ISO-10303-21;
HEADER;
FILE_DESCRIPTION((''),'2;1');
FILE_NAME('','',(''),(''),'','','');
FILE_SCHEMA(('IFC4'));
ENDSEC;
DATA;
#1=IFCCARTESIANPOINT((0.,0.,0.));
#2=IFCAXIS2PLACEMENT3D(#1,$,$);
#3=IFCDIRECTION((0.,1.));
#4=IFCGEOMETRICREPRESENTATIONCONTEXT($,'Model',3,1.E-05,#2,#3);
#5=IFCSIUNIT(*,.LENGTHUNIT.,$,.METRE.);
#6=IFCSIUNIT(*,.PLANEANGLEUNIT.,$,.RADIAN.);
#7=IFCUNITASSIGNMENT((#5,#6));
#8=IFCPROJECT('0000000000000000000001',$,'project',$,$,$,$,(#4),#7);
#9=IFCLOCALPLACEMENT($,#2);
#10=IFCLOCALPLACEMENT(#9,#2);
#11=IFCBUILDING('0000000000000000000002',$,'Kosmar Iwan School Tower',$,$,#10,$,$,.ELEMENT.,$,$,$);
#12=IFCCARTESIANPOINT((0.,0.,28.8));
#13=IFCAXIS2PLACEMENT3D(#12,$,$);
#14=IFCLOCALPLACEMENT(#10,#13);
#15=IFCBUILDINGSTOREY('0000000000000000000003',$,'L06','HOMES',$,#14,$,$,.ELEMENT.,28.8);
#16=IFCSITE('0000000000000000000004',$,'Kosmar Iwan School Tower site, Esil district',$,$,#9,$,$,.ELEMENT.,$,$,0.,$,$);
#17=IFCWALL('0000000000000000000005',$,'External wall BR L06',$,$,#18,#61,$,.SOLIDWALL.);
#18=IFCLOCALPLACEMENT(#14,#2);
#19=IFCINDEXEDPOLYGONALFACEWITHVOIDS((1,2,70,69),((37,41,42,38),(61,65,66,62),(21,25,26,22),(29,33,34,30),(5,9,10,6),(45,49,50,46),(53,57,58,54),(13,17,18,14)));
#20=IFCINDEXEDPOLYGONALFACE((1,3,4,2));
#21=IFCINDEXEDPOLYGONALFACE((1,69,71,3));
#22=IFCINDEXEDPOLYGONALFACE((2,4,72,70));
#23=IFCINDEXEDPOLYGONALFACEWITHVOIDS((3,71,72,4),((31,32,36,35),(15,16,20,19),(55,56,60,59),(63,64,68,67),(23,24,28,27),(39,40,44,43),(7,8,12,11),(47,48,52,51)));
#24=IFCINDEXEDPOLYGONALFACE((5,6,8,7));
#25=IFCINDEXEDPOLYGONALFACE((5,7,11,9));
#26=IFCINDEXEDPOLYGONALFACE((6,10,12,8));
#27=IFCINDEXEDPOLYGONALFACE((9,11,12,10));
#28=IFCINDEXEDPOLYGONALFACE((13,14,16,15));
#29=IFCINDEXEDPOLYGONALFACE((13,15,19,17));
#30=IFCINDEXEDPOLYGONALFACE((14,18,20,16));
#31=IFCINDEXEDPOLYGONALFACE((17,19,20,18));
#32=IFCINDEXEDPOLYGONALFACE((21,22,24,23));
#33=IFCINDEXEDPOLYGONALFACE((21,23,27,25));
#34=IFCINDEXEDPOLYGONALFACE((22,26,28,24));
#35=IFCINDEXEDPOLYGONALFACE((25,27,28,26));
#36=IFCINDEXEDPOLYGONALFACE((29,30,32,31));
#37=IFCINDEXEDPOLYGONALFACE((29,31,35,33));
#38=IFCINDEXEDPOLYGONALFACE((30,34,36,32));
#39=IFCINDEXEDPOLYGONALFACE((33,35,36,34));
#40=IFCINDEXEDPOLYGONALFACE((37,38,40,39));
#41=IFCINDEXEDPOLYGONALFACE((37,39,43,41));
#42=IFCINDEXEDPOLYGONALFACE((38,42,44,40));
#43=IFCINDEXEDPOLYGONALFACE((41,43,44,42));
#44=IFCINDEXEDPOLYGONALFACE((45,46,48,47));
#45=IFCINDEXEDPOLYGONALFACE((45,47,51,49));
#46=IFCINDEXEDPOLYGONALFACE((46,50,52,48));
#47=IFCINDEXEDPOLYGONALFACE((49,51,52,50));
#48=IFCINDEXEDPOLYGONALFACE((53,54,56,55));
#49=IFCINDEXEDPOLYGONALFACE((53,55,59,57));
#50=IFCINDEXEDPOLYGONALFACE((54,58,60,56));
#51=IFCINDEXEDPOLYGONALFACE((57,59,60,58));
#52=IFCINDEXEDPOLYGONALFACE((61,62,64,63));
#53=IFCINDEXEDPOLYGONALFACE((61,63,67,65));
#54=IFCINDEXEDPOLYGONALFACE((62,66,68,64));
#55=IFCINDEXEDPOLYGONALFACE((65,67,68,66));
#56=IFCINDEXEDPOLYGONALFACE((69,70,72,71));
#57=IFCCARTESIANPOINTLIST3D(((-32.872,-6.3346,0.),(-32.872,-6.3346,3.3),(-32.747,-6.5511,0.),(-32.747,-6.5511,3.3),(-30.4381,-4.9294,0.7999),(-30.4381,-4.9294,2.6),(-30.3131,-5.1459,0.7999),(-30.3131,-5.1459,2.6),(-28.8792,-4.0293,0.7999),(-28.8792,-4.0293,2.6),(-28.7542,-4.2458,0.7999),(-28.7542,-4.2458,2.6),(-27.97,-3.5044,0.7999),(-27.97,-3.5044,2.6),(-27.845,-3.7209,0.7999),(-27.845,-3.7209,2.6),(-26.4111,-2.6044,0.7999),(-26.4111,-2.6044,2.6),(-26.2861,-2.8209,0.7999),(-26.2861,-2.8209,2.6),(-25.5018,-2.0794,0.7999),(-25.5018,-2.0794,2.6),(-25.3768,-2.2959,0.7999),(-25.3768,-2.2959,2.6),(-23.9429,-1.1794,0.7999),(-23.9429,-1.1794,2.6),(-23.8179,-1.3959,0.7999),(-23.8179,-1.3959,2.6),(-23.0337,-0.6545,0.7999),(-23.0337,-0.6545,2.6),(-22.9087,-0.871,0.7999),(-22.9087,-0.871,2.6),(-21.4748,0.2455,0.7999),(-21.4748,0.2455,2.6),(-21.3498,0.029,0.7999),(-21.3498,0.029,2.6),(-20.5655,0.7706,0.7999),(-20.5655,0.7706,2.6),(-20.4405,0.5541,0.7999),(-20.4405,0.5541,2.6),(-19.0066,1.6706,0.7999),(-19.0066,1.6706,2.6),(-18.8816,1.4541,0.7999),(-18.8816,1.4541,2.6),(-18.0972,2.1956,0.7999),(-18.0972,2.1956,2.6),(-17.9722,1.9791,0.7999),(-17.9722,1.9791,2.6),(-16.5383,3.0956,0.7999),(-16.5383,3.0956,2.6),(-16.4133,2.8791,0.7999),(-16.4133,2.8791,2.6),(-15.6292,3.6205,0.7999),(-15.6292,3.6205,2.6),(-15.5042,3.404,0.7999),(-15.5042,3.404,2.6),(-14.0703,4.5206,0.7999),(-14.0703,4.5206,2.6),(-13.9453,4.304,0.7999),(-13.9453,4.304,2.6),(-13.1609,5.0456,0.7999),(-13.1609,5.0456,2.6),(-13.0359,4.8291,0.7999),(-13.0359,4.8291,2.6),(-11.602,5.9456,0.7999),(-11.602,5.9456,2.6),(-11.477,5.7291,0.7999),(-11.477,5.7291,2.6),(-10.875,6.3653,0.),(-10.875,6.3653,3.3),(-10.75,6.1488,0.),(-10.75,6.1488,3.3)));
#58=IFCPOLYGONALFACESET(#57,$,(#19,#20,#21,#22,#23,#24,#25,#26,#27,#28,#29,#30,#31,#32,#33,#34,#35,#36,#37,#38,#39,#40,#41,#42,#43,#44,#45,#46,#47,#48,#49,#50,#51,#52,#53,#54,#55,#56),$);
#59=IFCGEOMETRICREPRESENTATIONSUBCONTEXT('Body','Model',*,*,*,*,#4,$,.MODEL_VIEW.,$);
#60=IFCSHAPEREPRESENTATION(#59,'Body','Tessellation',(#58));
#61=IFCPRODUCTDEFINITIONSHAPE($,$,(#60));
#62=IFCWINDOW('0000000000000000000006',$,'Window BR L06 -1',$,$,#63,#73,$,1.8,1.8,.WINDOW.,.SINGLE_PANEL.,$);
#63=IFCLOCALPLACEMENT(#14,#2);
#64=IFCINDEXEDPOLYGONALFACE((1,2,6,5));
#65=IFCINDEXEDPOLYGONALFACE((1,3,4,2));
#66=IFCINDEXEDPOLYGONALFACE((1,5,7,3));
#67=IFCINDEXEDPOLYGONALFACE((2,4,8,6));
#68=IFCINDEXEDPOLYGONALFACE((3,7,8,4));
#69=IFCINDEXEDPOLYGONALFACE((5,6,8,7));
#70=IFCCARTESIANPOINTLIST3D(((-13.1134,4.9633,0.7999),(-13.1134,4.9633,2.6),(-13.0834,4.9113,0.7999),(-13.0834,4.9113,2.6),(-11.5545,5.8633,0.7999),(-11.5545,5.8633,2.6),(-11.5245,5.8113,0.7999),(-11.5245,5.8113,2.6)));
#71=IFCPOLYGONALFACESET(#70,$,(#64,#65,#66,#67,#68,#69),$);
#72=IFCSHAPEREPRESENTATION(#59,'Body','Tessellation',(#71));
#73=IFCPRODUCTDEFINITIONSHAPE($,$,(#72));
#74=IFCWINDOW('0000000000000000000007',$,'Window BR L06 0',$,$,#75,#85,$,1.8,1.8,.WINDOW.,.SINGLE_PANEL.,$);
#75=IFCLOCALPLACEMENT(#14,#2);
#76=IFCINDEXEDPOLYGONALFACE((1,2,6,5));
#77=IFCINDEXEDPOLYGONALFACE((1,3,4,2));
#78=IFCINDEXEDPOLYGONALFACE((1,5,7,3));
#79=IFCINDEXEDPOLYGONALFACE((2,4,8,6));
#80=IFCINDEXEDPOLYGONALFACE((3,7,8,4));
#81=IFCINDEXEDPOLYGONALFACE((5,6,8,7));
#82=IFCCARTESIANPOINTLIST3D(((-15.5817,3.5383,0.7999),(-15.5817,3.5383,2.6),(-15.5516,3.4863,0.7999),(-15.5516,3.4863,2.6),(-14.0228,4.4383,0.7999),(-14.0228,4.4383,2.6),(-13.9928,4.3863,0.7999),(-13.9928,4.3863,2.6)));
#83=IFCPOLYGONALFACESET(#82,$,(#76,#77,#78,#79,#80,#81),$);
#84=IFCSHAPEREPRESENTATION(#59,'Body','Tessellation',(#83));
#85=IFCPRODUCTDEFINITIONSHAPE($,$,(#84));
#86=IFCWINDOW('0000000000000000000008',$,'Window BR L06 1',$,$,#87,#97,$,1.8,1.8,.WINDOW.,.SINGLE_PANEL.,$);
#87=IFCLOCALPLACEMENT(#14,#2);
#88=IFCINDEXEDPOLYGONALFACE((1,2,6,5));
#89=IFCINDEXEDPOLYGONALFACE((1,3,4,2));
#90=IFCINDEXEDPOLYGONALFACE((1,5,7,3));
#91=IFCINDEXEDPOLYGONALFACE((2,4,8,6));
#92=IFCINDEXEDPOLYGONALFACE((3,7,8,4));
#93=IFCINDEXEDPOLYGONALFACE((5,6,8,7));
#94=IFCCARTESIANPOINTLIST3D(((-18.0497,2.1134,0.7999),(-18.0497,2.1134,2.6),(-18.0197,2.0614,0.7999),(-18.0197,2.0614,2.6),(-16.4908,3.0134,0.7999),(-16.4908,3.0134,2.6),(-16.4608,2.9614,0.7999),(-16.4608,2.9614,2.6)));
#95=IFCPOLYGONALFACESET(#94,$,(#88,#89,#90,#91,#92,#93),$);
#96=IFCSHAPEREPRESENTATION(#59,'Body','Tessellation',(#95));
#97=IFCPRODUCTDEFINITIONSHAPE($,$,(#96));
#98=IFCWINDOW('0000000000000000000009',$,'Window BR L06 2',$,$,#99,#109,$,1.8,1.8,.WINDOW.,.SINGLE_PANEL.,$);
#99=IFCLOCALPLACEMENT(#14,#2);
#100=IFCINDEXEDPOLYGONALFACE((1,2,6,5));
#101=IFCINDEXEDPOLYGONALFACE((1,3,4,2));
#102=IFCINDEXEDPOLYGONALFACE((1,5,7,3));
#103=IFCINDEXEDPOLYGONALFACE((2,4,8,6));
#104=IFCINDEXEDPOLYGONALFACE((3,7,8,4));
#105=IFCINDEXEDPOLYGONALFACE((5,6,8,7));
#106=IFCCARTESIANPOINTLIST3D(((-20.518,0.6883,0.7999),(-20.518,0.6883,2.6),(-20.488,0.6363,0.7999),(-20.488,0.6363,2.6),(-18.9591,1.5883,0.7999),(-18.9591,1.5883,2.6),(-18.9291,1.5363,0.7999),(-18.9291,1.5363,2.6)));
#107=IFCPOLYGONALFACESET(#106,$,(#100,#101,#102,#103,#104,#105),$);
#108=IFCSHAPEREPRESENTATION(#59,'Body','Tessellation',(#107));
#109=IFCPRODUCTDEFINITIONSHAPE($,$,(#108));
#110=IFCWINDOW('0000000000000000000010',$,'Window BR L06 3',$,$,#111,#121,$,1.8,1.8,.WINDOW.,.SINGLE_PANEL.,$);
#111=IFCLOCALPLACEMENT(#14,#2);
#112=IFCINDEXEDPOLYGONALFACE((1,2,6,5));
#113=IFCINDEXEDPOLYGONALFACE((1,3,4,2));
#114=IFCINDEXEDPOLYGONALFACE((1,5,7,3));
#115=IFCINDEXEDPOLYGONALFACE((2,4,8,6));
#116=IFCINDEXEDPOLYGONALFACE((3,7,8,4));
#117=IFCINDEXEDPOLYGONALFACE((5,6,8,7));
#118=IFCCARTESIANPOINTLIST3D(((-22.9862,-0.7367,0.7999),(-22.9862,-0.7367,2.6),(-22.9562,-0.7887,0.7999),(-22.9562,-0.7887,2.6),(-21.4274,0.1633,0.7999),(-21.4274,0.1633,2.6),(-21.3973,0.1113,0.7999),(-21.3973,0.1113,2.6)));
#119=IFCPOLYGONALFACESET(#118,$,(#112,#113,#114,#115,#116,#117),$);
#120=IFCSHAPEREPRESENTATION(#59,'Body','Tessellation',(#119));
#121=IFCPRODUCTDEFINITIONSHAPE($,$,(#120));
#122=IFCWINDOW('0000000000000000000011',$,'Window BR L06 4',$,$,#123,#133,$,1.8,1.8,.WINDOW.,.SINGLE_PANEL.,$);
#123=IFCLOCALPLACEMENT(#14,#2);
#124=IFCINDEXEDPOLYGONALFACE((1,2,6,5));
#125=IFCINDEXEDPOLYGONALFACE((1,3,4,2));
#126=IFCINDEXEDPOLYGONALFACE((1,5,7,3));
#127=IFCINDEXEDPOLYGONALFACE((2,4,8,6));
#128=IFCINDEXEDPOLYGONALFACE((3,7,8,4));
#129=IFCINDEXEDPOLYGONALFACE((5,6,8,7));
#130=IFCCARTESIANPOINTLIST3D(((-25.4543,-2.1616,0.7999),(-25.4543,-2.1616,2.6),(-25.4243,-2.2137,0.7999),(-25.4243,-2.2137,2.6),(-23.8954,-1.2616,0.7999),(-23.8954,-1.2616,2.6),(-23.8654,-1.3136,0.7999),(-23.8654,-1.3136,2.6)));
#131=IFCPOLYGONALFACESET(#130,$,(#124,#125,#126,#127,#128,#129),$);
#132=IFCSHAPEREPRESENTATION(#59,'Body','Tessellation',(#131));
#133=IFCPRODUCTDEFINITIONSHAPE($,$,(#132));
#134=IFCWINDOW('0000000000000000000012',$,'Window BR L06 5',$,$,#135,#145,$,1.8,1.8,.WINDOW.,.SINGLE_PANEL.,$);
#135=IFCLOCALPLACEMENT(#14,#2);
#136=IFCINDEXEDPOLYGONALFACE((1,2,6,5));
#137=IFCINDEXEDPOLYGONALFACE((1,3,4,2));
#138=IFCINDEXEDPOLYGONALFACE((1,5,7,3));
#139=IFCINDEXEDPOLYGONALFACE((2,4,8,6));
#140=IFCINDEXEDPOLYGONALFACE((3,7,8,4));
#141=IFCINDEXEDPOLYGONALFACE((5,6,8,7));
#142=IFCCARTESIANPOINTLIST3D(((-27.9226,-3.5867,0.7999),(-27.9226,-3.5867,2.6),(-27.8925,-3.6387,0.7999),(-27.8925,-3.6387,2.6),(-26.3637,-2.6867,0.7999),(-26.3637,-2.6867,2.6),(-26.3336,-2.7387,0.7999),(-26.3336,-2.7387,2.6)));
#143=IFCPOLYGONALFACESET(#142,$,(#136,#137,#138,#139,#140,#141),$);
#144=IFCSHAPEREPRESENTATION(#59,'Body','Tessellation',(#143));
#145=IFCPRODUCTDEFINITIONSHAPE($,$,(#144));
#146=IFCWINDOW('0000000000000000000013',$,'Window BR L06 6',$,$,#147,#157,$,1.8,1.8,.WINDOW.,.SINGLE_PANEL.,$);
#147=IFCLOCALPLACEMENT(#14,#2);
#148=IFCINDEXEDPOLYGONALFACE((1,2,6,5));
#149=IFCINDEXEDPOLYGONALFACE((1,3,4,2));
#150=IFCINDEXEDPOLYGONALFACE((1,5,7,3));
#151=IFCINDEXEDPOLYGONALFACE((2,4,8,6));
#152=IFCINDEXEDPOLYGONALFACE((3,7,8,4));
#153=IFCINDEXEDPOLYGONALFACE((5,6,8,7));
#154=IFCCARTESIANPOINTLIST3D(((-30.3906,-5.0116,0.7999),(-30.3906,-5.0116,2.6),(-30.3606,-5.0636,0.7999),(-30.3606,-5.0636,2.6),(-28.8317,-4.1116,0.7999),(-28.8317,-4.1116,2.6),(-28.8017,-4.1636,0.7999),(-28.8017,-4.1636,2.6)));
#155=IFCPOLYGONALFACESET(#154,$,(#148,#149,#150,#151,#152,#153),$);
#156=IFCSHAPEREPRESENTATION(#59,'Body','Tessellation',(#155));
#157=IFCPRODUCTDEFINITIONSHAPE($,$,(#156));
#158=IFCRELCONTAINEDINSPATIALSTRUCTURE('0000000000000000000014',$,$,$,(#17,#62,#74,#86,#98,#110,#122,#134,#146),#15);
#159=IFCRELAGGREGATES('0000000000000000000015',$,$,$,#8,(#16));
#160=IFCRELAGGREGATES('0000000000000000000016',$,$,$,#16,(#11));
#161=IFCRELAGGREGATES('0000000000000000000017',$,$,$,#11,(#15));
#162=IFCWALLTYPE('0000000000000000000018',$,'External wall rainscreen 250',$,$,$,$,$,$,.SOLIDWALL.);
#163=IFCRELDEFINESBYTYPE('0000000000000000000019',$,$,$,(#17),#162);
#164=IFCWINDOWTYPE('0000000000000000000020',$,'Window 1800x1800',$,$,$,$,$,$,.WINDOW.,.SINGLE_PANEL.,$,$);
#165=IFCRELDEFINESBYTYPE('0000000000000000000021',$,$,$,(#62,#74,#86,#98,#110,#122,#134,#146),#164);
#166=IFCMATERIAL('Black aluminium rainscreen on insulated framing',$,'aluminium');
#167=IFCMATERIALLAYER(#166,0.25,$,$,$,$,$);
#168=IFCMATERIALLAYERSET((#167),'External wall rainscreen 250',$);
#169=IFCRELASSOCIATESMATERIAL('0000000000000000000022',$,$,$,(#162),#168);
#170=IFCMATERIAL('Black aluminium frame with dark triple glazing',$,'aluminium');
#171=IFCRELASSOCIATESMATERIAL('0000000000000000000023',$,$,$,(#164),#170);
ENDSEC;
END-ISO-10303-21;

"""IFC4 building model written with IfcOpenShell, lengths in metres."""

from ifc_helpers import new_model, si_unit, direction, frame, frame_2d, origin, place, context, subcontext, project, spatial, rectangle, extrude, material, layer, layer_set, type_object, element, fill, save


model = new_model("IFC4")

# Units and contexts
model_context = context("Model", 3, precision=1e-05, world=origin(), true_north=direction((0.0, 1.0)))
body_context = subcontext(model_context, "Body", "Model", "MODEL_VIEW")
ifc_project = project(units=[si_unit("LENGTHUNIT", "METRE"), si_unit("PLANEANGLEUNIT", "RADIAN")], contexts=[model_context])

# Site, building, storey
site_placement = place(None, origin())
site = spatial("IfcSite", under=ifc_project, at=site_placement, Name="Kosmar Iwan School Tower site, Esil district", CompositionType="ELEMENT", RefElevation=0.0)
building_placement = place(site_placement, origin())
building = spatial("IfcBuilding", under=site, at=building_placement, Name="Kosmar Iwan School Tower", CompositionType="ELEMENT")
storey_placement = place(building_placement, frame((0.0, 0.0, 28.8)))
storey = spatial("IfcBuildingStorey", under=building, at=storey_placement, Name="L06", Description="HOMES", CompositionType="ELEMENT", Elevation=28.8)

# Wall, openings, windows
ifc_material_1 = material(Name="Black aluminium rainscreen on insulated framing", Category="aluminium")
ifc_layer = layer(ifc_material_1, 0.25)
ifc_layer_set = layer_set([ifc_layer], Name="External wall rainscreen 250")
wall_type = type_object("IfcWallType", Name="External wall rainscreen 250", PredefinedType="SOLIDWALL", material=ifc_layer_set)
ifc_material_2 = material(Name="Black aluminium frame with dark triple glazing", Category="aluminium")
window_type = type_object("IfcWindowType", Name="Window 1800x1800", PartitioningType="SINGLE_PANEL", PredefinedType="WINDOW", material=ifc_material_2)
wall_1_placement = place(storey_placement, frame((-10.8125, 6.2571, 0.0), z_axis=(0.0, 0.0, 1.0), x_axis=(-0.866026, -0.499998, 0.0)))
wall_1 = element("IfcWall", 1, at=wall_1_placement, inside=storey, type_object=wall_type, Name="External wall BR L06", PredefinedType="SOLIDWALL", context=body_context, shape_type="SweptSolid", body=[
    extrude(rectangle(XDim=25.3999, YDim=0.25, at=frame_2d((12.7, 0.0))), origin(), (0.0, 0.0, 1.0), 3.3),
])
opening_1_placement = place(wall_1_placement, frame((0.8396, 0.0, 0.8)))
opening_1 = element("IfcOpeningElement", 2, at=opening_1_placement, cuts=wall_1, PredefinedType="OPENING", context=body_context, shape_type="SweptSolid", body=[
    extrude(rectangle(XDim=1.8, YDim=1.8, at=frame_2d((0.8999, 0.8999))), frame((0.0, 0.137, 0.0), z_axis=(0.0, -1.0, 0.0), x_axis=(1.0, 0.0, 0.0)), (0.0, 0.0, 1.0), 0.2739),
])
opening_2_placement = place(wall_1_placement, frame((3.6897, 0.0, 0.8)))
opening_2 = element("IfcOpeningElement", 3, at=opening_2_placement, cuts=wall_1, PredefinedType="OPENING", context=body_context, shape_type="SweptSolid", body=[
    extrude(rectangle(XDim=1.8, YDim=1.8, at=frame_2d((0.8999, 0.8999))), frame((0.0, 0.137, 0.0), z_axis=(0.0, -1.0, 0.0), x_axis=(1.0, 0.0, 0.0)), (0.0, 0.0, 1.0), 0.2739),
])
opening_3_placement = place(wall_1_placement, frame((6.5396, 0.0, 0.8)))
opening_3 = element("IfcOpeningElement", 4, at=opening_3_placement, cuts=wall_1, PredefinedType="OPENING", context=body_context, shape_type="SweptSolid", body=[
    extrude(rectangle(XDim=1.8, YDim=1.8, at=frame_2d((0.8999, 0.8999))), frame((0.0, 0.137, 0.0), z_axis=(0.0, -1.0, 0.0), x_axis=(1.0, 0.0, 0.0)), (0.0, 0.0, 1.0), 0.2739),
])
opening_4_placement = place(wall_1_placement, frame((9.3896, 0.0, 0.8)))
opening_4 = element("IfcOpeningElement", 5, at=opening_4_placement, cuts=wall_1, PredefinedType="OPENING", context=body_context, shape_type="SweptSolid", body=[
    extrude(rectangle(XDim=1.8, YDim=1.8, at=frame_2d((0.8999, 0.8999))), frame((0.0, 0.137, 0.0), z_axis=(0.0, -1.0, 0.0), x_axis=(1.0, 0.0, 0.0)), (0.0, 0.0, 1.0), 0.2739),
])
opening_5_placement = place(wall_1_placement, frame((12.2397, 0.0, 0.8)))
opening_5 = element("IfcOpeningElement", 6, at=opening_5_placement, cuts=wall_1, PredefinedType="OPENING", context=body_context, shape_type="SweptSolid", body=[
    extrude(rectangle(XDim=1.8, YDim=1.8, at=frame_2d((0.8999, 0.8999))), frame((0.0, 0.137, 0.0), z_axis=(0.0, -1.0, 0.0), x_axis=(1.0, 0.0, 0.0)), (0.0, 0.0, 1.0), 0.2739),
])
opening_6_placement = place(wall_1_placement, frame((15.0896, 0.0, 0.8)))
opening_6 = element("IfcOpeningElement", 7, at=opening_6_placement, cuts=wall_1, PredefinedType="OPENING", context=body_context, shape_type="SweptSolid", body=[
    extrude(rectangle(XDim=1.8, YDim=1.8, at=frame_2d((0.8999, 0.8999))), frame((0.0, 0.137, 0.0), z_axis=(0.0, -1.0, 0.0), x_axis=(1.0, 0.0, 0.0)), (0.0, 0.0, 1.0), 0.2739),
])
opening_7_placement = place(wall_1_placement, frame((17.9397, 0.0, 0.8)))
opening_7 = element("IfcOpeningElement", 8, at=opening_7_placement, cuts=wall_1, PredefinedType="OPENING", context=body_context, shape_type="SweptSolid", body=[
    extrude(rectangle(XDim=1.8, YDim=1.8, at=frame_2d((0.8999, 0.8999))), frame((0.0, 0.137, 0.0), z_axis=(0.0, -1.0, 0.0), x_axis=(1.0, 0.0, 0.0)), (0.0, 0.0, 1.0), 0.2739),
])
opening_8_placement = place(wall_1_placement, frame((20.7896, 0.0, 0.8)))
opening_8 = element("IfcOpeningElement", 9, at=opening_8_placement, cuts=wall_1, PredefinedType="OPENING", context=body_context, shape_type="SweptSolid", body=[
    extrude(rectangle(XDim=1.8, YDim=1.8, at=frame_2d((0.8999, 0.8999))), frame((0.0, 0.137, 0.0), z_axis=(0.0, -1.0, 0.0), x_axis=(1.0, 0.0, 0.0)), (0.0, 0.0, 1.0), 0.2739),
])
window_1_placement = place(opening_1_placement, origin())
window_1 = element("IfcWindow", 10, at=window_1_placement, inside=storey, type_object=window_type, Name="Window BR L06 -1", OverallHeight=1.8, OverallWidth=1.8, PartitioningType="SINGLE_PANEL", PredefinedType="WINDOW", context=body_context, shape_type="SweptSolid", body=[
    extrude(rectangle(XDim=1.8, YDim=1.8, at=frame_2d((0.8999, 0.8999))), frame((0.0, 0.03, 0.0), z_axis=(0.0, -1.0, 0.0), x_axis=(1.0, 0.0, 0.0)), (0.0, 0.0, 1.0), 0.0601),
])
fill(opening_1, window_1)
window_2_placement = place(opening_2_placement, origin())
window_2 = element("IfcWindow", 11, at=window_2_placement, inside=storey, type_object=window_type, Name="Window BR L06 0", OverallHeight=1.8, OverallWidth=1.8, PartitioningType="SINGLE_PANEL", PredefinedType="WINDOW", context=body_context, shape_type="SweptSolid", body=[
    extrude(rectangle(XDim=1.8, YDim=1.8, at=frame_2d((0.8999, 0.8999))), frame((0.0, 0.03, 0.0), z_axis=(0.0, -1.0, 0.0), x_axis=(1.0, 0.0, 0.0)), (0.0, 0.0, 1.0), 0.0601),
])
fill(opening_2, window_2)
window_3_placement = place(opening_3_placement, origin())
window_3 = element("IfcWindow", 12, at=window_3_placement, inside=storey, type_object=window_type, Name="Window BR L06 1", OverallHeight=1.8, OverallWidth=1.8, PartitioningType="SINGLE_PANEL", PredefinedType="WINDOW", context=body_context, shape_type="SweptSolid", body=[
    extrude(rectangle(XDim=1.8, YDim=1.8, at=frame_2d((0.8999, 0.8999))), frame((0.0, 0.03, 0.0), z_axis=(0.0, -1.0, 0.0), x_axis=(1.0, 0.0, 0.0)), (0.0, 0.0, 1.0), 0.0601),
])
fill(opening_3, window_3)
window_4_placement = place(opening_4_placement, origin())
window_4 = element("IfcWindow", 13, at=window_4_placement, inside=storey, type_object=window_type, Name="Window BR L06 2", OverallHeight=1.8, OverallWidth=1.8, PartitioningType="SINGLE_PANEL", PredefinedType="WINDOW", context=body_context, shape_type="SweptSolid", body=[
    extrude(rectangle(XDim=1.8, YDim=1.8, at=frame_2d((0.8999, 0.8999))), frame((0.0, 0.03, 0.0), z_axis=(0.0, -1.0, 0.0), x_axis=(1.0, 0.0, 0.0)), (0.0, 0.0, 1.0), 0.0601),
])
fill(opening_4, window_4)
window_5_placement = place(opening_5_placement, origin())
window_5 = element("IfcWindow", 14, at=window_5_placement, inside=storey, type_object=window_type, Name="Window BR L06 3", OverallHeight=1.8, OverallWidth=1.8, PartitioningType="SINGLE_PANEL", PredefinedType="WINDOW", context=body_context, shape_type="SweptSolid", body=[
    extrude(rectangle(XDim=1.8, YDim=1.8, at=frame_2d((0.8999, 0.8999))), frame((0.0, 0.03, 0.0), z_axis=(0.0, -1.0, 0.0), x_axis=(1.0, 0.0, 0.0)), (0.0, 0.0, 1.0), 0.0601),
])
fill(opening_5, window_5)
window_6_placement = place(opening_6_placement, origin())
window_6 = element("IfcWindow", 15, at=window_6_placement, inside=storey, type_object=window_type, Name="Window BR L06 4", OverallHeight=1.8, OverallWidth=1.8, PartitioningType="SINGLE_PANEL", PredefinedType="WINDOW", context=body_context, shape_type="SweptSolid", body=[
    extrude(rectangle(XDim=1.8, YDim=1.8, at=frame_2d((0.8999, 0.8999))), frame((0.0, 0.03, 0.0), z_axis=(0.0, -1.0, 0.0), x_axis=(1.0, 0.0, 0.0)), (0.0, 0.0, 1.0), 0.0601),
])
fill(opening_6, window_6)
window_7_placement = place(opening_7_placement, origin())
window_7 = element("IfcWindow", 16, at=window_7_placement, inside=storey, type_object=window_type, Name="Window BR L06 5", OverallHeight=1.8, OverallWidth=1.8, PartitioningType="SINGLE_PANEL", PredefinedType="WINDOW", context=body_context, shape_type="SweptSolid", body=[
    extrude(rectangle(XDim=1.8, YDim=1.8, at=frame_2d((0.8999, 0.8999))), frame((0.0, 0.03, 0.0), z_axis=(0.0, -1.0, 0.0), x_axis=(1.0, 0.0, 0.0)), (0.0, 0.0, 1.0), 0.0601),
])
fill(opening_7, window_7)
window_8_placement = place(opening_8_placement, origin())
window_8 = element("IfcWindow", 17, at=window_8_placement, inside=storey, type_object=window_type, Name="Window BR L06 6", OverallHeight=1.8, OverallWidth=1.8, PartitioningType="SINGLE_PANEL", PredefinedType="WINDOW", context=body_context, shape_type="SweptSolid", body=[
    extrude(rectangle(XDim=1.8, YDim=1.8, at=frame_2d((0.8999, 0.8999))), frame((0.0, 0.03, 0.0), z_axis=(0.0, -1.0, 0.0), x_axis=(1.0, 0.0, 0.0)), (0.0, 0.0, 1.0), 0.0601),
])
fill(opening_8, window_8)

save(model, "model.ifc")
